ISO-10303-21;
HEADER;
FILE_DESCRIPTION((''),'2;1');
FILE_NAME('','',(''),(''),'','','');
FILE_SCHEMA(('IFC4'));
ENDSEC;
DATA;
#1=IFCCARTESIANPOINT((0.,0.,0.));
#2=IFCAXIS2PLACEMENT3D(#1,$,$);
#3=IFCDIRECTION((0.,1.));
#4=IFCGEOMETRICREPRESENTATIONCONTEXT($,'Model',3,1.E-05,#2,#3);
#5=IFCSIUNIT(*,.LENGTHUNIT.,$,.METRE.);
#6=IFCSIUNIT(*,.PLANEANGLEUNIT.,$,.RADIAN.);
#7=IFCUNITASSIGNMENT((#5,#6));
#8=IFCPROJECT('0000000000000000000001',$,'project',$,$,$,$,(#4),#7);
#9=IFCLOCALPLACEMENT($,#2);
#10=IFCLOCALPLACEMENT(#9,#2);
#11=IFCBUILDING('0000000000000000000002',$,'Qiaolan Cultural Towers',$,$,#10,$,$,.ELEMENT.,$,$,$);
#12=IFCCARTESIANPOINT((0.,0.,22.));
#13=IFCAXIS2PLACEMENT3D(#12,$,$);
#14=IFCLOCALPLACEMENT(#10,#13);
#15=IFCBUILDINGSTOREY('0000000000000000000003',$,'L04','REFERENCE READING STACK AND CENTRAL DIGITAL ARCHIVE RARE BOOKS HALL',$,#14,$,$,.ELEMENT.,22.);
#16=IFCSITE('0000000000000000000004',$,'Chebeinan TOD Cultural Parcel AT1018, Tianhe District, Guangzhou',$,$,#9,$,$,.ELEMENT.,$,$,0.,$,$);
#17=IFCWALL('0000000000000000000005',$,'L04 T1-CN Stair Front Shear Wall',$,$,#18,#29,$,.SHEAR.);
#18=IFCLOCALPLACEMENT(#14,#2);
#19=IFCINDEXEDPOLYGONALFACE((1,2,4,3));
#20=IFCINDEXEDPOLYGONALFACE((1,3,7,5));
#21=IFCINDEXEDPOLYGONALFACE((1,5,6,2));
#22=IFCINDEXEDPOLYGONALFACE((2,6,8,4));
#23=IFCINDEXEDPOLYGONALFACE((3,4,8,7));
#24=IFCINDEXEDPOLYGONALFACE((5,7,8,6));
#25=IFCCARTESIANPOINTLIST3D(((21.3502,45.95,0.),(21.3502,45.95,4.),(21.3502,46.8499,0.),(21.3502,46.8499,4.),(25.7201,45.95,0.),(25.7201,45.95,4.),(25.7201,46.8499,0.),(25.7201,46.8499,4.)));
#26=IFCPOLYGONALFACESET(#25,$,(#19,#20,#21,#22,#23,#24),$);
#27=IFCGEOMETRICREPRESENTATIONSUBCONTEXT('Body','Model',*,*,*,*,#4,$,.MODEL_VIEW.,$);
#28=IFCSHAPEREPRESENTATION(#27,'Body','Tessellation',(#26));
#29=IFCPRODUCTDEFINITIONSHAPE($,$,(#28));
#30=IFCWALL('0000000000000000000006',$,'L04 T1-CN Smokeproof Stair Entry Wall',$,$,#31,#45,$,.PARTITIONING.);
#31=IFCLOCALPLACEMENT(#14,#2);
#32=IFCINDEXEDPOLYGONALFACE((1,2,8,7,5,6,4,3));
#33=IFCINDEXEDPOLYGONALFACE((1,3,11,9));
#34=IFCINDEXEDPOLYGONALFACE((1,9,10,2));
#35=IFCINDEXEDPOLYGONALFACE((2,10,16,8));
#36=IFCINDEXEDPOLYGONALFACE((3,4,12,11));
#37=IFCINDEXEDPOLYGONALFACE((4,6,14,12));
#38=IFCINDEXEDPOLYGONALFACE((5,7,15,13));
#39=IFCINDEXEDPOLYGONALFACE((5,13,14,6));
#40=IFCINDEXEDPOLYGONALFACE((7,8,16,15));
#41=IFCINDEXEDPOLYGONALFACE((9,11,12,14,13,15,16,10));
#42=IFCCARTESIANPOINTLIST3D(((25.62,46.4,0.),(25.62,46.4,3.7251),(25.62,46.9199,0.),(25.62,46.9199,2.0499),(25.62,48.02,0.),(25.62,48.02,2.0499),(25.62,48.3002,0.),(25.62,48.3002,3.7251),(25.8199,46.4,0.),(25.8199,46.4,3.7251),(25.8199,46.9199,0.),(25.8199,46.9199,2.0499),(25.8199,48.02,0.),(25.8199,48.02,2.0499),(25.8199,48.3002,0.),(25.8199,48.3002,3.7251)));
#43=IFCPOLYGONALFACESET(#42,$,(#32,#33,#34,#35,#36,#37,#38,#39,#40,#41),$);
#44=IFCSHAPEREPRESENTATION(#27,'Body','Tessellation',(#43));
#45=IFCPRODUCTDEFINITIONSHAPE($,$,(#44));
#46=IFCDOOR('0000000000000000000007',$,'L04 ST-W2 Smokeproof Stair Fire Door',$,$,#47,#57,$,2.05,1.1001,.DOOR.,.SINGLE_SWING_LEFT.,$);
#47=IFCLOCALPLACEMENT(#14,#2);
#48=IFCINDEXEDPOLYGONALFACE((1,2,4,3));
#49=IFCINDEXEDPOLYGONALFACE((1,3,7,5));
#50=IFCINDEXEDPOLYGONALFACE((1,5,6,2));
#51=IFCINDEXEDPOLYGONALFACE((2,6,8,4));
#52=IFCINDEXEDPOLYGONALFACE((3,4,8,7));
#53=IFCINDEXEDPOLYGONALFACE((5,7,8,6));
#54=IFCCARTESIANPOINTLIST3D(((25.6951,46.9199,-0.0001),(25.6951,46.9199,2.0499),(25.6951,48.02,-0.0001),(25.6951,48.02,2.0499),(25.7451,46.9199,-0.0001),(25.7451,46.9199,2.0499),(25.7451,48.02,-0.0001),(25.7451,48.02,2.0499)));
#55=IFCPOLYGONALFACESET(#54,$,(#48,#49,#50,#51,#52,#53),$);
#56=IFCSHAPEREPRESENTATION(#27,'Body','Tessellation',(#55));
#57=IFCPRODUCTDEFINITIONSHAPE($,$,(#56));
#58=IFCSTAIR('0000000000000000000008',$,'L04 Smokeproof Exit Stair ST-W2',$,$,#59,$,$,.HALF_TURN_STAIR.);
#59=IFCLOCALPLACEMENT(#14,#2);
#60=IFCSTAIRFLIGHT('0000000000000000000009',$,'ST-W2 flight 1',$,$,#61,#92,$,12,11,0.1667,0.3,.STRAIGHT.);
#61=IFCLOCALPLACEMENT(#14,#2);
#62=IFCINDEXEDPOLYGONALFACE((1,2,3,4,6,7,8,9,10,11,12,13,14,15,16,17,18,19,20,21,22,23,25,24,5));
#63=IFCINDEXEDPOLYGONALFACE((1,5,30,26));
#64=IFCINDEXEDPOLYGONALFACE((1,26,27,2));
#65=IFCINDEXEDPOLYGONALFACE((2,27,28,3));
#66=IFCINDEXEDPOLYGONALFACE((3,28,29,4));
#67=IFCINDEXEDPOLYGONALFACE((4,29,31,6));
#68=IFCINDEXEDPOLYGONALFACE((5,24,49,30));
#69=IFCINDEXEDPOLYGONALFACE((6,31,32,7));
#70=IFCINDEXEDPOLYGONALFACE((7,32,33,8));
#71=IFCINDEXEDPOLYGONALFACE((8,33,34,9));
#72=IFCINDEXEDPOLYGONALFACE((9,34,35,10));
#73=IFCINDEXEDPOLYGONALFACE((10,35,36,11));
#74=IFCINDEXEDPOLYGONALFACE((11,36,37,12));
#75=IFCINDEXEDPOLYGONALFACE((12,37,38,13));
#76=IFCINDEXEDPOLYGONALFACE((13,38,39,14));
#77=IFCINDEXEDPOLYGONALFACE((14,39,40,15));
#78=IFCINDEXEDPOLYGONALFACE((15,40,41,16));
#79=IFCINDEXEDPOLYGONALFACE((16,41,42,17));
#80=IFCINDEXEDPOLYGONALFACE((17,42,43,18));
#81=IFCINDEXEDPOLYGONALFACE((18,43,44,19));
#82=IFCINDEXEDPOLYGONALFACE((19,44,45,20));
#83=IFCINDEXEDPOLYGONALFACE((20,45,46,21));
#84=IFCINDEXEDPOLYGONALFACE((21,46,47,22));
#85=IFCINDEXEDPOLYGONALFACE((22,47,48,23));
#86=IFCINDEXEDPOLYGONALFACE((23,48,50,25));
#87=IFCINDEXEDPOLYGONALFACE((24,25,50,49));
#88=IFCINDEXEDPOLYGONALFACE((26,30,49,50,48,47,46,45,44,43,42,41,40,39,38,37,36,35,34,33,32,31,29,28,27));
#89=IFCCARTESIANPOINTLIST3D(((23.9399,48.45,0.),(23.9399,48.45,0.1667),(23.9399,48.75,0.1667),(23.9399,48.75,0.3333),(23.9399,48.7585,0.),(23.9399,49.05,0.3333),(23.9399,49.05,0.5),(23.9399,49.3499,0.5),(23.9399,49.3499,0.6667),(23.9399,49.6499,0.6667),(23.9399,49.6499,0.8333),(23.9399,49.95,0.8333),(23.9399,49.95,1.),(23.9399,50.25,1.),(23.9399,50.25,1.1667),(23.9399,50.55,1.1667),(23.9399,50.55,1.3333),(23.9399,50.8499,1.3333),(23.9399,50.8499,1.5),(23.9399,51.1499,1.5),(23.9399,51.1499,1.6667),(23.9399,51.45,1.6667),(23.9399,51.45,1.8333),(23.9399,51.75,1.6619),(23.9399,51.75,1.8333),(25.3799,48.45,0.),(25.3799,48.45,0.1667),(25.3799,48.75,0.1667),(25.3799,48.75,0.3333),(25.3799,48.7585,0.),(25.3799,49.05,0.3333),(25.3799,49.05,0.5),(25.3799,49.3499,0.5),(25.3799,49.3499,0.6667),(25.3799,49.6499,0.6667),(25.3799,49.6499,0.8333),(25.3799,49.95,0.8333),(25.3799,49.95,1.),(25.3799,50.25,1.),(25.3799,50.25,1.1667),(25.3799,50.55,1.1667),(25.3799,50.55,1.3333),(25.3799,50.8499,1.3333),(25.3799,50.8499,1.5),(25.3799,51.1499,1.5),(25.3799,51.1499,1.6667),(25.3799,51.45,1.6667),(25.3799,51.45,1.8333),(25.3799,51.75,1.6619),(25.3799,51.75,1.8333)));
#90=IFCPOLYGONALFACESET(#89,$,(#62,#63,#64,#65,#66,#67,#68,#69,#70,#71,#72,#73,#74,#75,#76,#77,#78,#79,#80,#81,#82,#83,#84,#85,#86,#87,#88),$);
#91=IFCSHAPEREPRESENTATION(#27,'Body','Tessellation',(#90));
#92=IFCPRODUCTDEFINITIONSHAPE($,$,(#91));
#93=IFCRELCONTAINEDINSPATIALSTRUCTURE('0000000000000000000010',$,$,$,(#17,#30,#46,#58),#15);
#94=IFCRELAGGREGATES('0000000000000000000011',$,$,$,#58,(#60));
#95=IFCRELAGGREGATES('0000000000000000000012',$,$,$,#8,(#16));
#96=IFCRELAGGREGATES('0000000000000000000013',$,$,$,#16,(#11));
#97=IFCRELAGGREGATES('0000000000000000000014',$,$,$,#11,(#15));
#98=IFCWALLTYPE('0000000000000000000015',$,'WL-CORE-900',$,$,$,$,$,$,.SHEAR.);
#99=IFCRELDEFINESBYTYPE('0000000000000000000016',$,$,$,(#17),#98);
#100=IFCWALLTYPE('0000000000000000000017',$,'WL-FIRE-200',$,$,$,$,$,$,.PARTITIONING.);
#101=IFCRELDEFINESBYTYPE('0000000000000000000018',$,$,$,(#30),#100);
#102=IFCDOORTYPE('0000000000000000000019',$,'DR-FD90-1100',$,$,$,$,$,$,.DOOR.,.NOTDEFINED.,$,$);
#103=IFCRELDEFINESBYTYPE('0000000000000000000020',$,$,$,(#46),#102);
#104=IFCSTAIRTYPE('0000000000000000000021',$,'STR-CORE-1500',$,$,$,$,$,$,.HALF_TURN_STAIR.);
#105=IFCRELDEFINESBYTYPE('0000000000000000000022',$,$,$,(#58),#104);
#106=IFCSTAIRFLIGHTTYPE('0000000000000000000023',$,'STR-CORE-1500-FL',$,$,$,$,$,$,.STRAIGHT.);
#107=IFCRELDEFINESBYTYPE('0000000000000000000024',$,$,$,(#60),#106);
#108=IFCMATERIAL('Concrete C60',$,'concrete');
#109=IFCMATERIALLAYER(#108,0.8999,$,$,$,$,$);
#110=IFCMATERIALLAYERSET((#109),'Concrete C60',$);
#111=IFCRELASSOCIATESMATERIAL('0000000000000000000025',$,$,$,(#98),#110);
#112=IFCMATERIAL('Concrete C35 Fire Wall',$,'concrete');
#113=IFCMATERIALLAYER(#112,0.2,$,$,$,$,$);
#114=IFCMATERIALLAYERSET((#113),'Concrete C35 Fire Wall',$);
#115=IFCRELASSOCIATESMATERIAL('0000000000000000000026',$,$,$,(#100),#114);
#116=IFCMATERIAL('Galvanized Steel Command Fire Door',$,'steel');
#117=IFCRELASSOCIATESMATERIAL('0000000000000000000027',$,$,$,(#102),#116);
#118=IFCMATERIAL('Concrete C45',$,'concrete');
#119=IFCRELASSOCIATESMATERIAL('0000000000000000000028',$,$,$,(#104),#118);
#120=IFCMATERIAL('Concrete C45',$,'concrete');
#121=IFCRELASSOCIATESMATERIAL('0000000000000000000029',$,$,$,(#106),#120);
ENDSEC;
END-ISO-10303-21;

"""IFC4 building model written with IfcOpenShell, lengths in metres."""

from ifc_helpers import new_model, si_unit, direction, frame, frame_2d, origin, place, context, subcontext, project, spatial, polyline, rectangle, outline, extrude, material, layer, layer_set, type_object, element, fill, aggregate, save


model = new_model("IFC4")

# Units and contexts
model_context = context("Model", 3, precision=1e-05, world=origin(), true_north=direction((0.0, 1.0)))
body_context = subcontext(model_context, "Body", "Model", "MODEL_VIEW")
ifc_project = project(units=[si_unit("LENGTHUNIT", "METRE"), si_unit("PLANEANGLEUNIT", "RADIAN")], contexts=[model_context])

# Site, building, storey
site_placement = place(None, origin())
site = spatial("IfcSite", under=ifc_project, at=site_placement, Name="Chebeinan TOD Cultural Parcel AT1018, Tianhe District, Guangzhou", CompositionType="ELEMENT", RefElevation=0.0)
building_placement = place(site_placement, origin())
building = spatial("IfcBuilding", under=site, at=building_placement, Name="Qiaolan Cultural Towers", CompositionType="ELEMENT")
storey_placement = place(building_placement, frame((0.0, 0.0, 22.0)))
storey = spatial("IfcBuildingStorey", under=building, at=storey_placement, Name="L04", Description="REFERENCE READING STACK AND CENTRAL DIGITAL ARCHIVE RARE BOOKS HALL", CompositionType="ELEMENT", Elevation=22.0)

# Wall
ifc_material_1 = material(Name="Concrete C60", Category="concrete")
ifc_layer_1 = layer(ifc_material_1, 0.8999)
ifc_layer_set_1 = layer_set([ifc_layer_1], Name="Concrete C60")
wall_type_1 = type_object("IfcWallType", Name="WL-CORE-900", PredefinedType="SHEAR", material=ifc_layer_set_1)
wall_1_placement = place(storey_placement, frame((21.3501, 46.3999, 0.0), z_axis=(0.0, 0.0, 1.0), x_axis=(1.0, 0.0, 0.0)))
element("IfcWall", 1, at=wall_1_placement, inside=storey, type_object=wall_type_1, Name="L04 T1-CN Stair Front Shear Wall", PredefinedType="SHEAR", context=body_context, shape_type="SweptSolid", body=[
    extrude(rectangle(XDim=4.3699, YDim=0.8999, at=frame_2d((2.1851, 0.0))), origin(), (0.0, 0.0, 1.0), 4.0),
])

# Wall, opening, door
ifc_material_2 = material(Name="Concrete C35 Fire Wall", Category="concrete")
ifc_layer_2 = layer(ifc_material_2, 0.2)
ifc_layer_set_2 = layer_set([ifc_layer_2], Name="Concrete C35 Fire Wall")
wall_type_2 = type_object("IfcWallType", Name="WL-FIRE-200", PredefinedType="PARTITIONING", material=ifc_layer_set_2)
wall_2_placement = place(storey_placement, frame((25.72, 46.3999, 0.0), z_axis=(0.0, 0.0, 1.0), x_axis=(0.0, 1.0, 0.0)))
wall_2 = element("IfcWall", 2, at=wall_2_placement, inside=storey, type_object=wall_type_2, Name="L04 T1-CN Smokeproof Stair Entry Wall", PredefinedType="PARTITIONING", context=body_context, shape_type="SweptSolid", body=[
    extrude(rectangle(XDim=1.9001, YDim=0.2, at=frame_2d((0.9502, 0.0))), origin(), (0.0, 0.0, 1.0), 3.7251),
])
opening_placement = place(wall_2_placement, frame((0.52, 0.0, 0.0)))
opening = element("IfcOpeningElement", 3, at=opening_placement, cuts=wall_2, PredefinedType="OPENING", context=body_context, shape_type="SweptSolid", body=[
    extrude(rectangle(XDim=1.1001, YDim=2.05, at=frame_2d((0.55, 1.0249))), frame((0.0, 0.1099, 0.0), z_axis=(0.0, -1.0, 0.0), x_axis=(1.0, 0.0, 0.0)), (0.0, 0.0, 1.0), 0.22),
])
ifc_material_3 = material(Name="Galvanized Steel Command Fire Door", Category="steel")
door_type = type_object("IfcDoorType", Name="DR-FD90-1100", OperationType="NOTDEFINED", PredefinedType="DOOR", material=ifc_material_3)
door_placement = place(opening_placement, origin())
door = element("IfcDoor", 4, at=door_placement, inside=storey, type_object=door_type, Name="L04 ST-W2 Smokeproof Stair Fire Door", OperationType="SINGLE_SWING_LEFT", OverallHeight=2.05, OverallWidth=1.1001, PredefinedType="DOOR", context=body_context, shape_type="SweptSolid", body=[
    extrude(rectangle(XDim=1.1001, YDim=2.05, at=frame_2d((0.55, 1.0249))), frame((0.0, 0.0249, 0.0), z_axis=(0.0, -1.0, 0.0), x_axis=(1.0, 0.0, 0.0)), (0.0, 0.0, 1.0), 0.05),
])
fill(opening, door)

# Stair, stair flight
ifc_material_4 = material(Name="Concrete C45", Category="concrete")
stair_type = type_object("IfcStairType", Name="STR-CORE-1500", PredefinedType="HALF_TURN_STAIR", material=ifc_material_4)
stair_placement = place(storey_placement, origin())
stair = element("IfcStair", 5, at=stair_placement, inside=storey, type_object=stair_type, Name="L04 Smokeproof Exit Stair ST-W2", PredefinedType="HALF_TURN_STAIR")
ifc_material_5 = material(Name="Concrete C45", Category="concrete")
stair_flight_type = type_object("IfcStairFlightType", Name="STR-CORE-1500-FL", PredefinedType="STRAIGHT", material=ifc_material_5)
stair_flight_placement = place(storey_placement, frame((24.6599, 48.45, 0.0), z_axis=(0.0, 0.0, 1.0), x_axis=(0.0, 1.0, 0.0)))
stair_flight = element("IfcStairFlight", 6, at=stair_flight_placement, type_object=stair_flight_type, Name="ST-W2 flight 1", NumberOfRisers=12, NumberOfTreads=11, PredefinedType="STRAIGHT", RiserHeight=0.1667, TreadLength=0.3, context=body_context, shape_type="SweptSolid", body=[
    extrude(outline(polyline([(0.0, 0.0), (0.0, 0.1667), (0.3, 0.1667), (0.3, 0.3333), (0.6001, 0.3333), (0.6001, 0.5), (0.8999, 0.5), (0.8999, 0.6667), (1.2, 0.6667), (1.2, 0.8333), (1.5, 0.8333), (1.5, 1.0), (1.8, 1.0), (1.8, 1.1667), (2.1001, 1.1667), (2.1001, 1.3333), (2.3999, 1.3333), (2.3999, 1.5), (2.7, 1.5), (2.7, 1.6667), (3.0, 1.6667), (3.0, 1.8333), (3.3, 1.8333), (3.3, 2.0), (3.3, 1.6619), (0.3086, 0.0), (0.0, 0.0)])), frame((0.0, 0.72, 0.0), z_axis=(0.0, -1.0, 0.0), x_axis=(1.0, 0.0, 0.0)), (0.0, 0.0, 1.0), 1.4399),
])
aggregate(stair, [stair_flight])

save(model, "model.ifc")
